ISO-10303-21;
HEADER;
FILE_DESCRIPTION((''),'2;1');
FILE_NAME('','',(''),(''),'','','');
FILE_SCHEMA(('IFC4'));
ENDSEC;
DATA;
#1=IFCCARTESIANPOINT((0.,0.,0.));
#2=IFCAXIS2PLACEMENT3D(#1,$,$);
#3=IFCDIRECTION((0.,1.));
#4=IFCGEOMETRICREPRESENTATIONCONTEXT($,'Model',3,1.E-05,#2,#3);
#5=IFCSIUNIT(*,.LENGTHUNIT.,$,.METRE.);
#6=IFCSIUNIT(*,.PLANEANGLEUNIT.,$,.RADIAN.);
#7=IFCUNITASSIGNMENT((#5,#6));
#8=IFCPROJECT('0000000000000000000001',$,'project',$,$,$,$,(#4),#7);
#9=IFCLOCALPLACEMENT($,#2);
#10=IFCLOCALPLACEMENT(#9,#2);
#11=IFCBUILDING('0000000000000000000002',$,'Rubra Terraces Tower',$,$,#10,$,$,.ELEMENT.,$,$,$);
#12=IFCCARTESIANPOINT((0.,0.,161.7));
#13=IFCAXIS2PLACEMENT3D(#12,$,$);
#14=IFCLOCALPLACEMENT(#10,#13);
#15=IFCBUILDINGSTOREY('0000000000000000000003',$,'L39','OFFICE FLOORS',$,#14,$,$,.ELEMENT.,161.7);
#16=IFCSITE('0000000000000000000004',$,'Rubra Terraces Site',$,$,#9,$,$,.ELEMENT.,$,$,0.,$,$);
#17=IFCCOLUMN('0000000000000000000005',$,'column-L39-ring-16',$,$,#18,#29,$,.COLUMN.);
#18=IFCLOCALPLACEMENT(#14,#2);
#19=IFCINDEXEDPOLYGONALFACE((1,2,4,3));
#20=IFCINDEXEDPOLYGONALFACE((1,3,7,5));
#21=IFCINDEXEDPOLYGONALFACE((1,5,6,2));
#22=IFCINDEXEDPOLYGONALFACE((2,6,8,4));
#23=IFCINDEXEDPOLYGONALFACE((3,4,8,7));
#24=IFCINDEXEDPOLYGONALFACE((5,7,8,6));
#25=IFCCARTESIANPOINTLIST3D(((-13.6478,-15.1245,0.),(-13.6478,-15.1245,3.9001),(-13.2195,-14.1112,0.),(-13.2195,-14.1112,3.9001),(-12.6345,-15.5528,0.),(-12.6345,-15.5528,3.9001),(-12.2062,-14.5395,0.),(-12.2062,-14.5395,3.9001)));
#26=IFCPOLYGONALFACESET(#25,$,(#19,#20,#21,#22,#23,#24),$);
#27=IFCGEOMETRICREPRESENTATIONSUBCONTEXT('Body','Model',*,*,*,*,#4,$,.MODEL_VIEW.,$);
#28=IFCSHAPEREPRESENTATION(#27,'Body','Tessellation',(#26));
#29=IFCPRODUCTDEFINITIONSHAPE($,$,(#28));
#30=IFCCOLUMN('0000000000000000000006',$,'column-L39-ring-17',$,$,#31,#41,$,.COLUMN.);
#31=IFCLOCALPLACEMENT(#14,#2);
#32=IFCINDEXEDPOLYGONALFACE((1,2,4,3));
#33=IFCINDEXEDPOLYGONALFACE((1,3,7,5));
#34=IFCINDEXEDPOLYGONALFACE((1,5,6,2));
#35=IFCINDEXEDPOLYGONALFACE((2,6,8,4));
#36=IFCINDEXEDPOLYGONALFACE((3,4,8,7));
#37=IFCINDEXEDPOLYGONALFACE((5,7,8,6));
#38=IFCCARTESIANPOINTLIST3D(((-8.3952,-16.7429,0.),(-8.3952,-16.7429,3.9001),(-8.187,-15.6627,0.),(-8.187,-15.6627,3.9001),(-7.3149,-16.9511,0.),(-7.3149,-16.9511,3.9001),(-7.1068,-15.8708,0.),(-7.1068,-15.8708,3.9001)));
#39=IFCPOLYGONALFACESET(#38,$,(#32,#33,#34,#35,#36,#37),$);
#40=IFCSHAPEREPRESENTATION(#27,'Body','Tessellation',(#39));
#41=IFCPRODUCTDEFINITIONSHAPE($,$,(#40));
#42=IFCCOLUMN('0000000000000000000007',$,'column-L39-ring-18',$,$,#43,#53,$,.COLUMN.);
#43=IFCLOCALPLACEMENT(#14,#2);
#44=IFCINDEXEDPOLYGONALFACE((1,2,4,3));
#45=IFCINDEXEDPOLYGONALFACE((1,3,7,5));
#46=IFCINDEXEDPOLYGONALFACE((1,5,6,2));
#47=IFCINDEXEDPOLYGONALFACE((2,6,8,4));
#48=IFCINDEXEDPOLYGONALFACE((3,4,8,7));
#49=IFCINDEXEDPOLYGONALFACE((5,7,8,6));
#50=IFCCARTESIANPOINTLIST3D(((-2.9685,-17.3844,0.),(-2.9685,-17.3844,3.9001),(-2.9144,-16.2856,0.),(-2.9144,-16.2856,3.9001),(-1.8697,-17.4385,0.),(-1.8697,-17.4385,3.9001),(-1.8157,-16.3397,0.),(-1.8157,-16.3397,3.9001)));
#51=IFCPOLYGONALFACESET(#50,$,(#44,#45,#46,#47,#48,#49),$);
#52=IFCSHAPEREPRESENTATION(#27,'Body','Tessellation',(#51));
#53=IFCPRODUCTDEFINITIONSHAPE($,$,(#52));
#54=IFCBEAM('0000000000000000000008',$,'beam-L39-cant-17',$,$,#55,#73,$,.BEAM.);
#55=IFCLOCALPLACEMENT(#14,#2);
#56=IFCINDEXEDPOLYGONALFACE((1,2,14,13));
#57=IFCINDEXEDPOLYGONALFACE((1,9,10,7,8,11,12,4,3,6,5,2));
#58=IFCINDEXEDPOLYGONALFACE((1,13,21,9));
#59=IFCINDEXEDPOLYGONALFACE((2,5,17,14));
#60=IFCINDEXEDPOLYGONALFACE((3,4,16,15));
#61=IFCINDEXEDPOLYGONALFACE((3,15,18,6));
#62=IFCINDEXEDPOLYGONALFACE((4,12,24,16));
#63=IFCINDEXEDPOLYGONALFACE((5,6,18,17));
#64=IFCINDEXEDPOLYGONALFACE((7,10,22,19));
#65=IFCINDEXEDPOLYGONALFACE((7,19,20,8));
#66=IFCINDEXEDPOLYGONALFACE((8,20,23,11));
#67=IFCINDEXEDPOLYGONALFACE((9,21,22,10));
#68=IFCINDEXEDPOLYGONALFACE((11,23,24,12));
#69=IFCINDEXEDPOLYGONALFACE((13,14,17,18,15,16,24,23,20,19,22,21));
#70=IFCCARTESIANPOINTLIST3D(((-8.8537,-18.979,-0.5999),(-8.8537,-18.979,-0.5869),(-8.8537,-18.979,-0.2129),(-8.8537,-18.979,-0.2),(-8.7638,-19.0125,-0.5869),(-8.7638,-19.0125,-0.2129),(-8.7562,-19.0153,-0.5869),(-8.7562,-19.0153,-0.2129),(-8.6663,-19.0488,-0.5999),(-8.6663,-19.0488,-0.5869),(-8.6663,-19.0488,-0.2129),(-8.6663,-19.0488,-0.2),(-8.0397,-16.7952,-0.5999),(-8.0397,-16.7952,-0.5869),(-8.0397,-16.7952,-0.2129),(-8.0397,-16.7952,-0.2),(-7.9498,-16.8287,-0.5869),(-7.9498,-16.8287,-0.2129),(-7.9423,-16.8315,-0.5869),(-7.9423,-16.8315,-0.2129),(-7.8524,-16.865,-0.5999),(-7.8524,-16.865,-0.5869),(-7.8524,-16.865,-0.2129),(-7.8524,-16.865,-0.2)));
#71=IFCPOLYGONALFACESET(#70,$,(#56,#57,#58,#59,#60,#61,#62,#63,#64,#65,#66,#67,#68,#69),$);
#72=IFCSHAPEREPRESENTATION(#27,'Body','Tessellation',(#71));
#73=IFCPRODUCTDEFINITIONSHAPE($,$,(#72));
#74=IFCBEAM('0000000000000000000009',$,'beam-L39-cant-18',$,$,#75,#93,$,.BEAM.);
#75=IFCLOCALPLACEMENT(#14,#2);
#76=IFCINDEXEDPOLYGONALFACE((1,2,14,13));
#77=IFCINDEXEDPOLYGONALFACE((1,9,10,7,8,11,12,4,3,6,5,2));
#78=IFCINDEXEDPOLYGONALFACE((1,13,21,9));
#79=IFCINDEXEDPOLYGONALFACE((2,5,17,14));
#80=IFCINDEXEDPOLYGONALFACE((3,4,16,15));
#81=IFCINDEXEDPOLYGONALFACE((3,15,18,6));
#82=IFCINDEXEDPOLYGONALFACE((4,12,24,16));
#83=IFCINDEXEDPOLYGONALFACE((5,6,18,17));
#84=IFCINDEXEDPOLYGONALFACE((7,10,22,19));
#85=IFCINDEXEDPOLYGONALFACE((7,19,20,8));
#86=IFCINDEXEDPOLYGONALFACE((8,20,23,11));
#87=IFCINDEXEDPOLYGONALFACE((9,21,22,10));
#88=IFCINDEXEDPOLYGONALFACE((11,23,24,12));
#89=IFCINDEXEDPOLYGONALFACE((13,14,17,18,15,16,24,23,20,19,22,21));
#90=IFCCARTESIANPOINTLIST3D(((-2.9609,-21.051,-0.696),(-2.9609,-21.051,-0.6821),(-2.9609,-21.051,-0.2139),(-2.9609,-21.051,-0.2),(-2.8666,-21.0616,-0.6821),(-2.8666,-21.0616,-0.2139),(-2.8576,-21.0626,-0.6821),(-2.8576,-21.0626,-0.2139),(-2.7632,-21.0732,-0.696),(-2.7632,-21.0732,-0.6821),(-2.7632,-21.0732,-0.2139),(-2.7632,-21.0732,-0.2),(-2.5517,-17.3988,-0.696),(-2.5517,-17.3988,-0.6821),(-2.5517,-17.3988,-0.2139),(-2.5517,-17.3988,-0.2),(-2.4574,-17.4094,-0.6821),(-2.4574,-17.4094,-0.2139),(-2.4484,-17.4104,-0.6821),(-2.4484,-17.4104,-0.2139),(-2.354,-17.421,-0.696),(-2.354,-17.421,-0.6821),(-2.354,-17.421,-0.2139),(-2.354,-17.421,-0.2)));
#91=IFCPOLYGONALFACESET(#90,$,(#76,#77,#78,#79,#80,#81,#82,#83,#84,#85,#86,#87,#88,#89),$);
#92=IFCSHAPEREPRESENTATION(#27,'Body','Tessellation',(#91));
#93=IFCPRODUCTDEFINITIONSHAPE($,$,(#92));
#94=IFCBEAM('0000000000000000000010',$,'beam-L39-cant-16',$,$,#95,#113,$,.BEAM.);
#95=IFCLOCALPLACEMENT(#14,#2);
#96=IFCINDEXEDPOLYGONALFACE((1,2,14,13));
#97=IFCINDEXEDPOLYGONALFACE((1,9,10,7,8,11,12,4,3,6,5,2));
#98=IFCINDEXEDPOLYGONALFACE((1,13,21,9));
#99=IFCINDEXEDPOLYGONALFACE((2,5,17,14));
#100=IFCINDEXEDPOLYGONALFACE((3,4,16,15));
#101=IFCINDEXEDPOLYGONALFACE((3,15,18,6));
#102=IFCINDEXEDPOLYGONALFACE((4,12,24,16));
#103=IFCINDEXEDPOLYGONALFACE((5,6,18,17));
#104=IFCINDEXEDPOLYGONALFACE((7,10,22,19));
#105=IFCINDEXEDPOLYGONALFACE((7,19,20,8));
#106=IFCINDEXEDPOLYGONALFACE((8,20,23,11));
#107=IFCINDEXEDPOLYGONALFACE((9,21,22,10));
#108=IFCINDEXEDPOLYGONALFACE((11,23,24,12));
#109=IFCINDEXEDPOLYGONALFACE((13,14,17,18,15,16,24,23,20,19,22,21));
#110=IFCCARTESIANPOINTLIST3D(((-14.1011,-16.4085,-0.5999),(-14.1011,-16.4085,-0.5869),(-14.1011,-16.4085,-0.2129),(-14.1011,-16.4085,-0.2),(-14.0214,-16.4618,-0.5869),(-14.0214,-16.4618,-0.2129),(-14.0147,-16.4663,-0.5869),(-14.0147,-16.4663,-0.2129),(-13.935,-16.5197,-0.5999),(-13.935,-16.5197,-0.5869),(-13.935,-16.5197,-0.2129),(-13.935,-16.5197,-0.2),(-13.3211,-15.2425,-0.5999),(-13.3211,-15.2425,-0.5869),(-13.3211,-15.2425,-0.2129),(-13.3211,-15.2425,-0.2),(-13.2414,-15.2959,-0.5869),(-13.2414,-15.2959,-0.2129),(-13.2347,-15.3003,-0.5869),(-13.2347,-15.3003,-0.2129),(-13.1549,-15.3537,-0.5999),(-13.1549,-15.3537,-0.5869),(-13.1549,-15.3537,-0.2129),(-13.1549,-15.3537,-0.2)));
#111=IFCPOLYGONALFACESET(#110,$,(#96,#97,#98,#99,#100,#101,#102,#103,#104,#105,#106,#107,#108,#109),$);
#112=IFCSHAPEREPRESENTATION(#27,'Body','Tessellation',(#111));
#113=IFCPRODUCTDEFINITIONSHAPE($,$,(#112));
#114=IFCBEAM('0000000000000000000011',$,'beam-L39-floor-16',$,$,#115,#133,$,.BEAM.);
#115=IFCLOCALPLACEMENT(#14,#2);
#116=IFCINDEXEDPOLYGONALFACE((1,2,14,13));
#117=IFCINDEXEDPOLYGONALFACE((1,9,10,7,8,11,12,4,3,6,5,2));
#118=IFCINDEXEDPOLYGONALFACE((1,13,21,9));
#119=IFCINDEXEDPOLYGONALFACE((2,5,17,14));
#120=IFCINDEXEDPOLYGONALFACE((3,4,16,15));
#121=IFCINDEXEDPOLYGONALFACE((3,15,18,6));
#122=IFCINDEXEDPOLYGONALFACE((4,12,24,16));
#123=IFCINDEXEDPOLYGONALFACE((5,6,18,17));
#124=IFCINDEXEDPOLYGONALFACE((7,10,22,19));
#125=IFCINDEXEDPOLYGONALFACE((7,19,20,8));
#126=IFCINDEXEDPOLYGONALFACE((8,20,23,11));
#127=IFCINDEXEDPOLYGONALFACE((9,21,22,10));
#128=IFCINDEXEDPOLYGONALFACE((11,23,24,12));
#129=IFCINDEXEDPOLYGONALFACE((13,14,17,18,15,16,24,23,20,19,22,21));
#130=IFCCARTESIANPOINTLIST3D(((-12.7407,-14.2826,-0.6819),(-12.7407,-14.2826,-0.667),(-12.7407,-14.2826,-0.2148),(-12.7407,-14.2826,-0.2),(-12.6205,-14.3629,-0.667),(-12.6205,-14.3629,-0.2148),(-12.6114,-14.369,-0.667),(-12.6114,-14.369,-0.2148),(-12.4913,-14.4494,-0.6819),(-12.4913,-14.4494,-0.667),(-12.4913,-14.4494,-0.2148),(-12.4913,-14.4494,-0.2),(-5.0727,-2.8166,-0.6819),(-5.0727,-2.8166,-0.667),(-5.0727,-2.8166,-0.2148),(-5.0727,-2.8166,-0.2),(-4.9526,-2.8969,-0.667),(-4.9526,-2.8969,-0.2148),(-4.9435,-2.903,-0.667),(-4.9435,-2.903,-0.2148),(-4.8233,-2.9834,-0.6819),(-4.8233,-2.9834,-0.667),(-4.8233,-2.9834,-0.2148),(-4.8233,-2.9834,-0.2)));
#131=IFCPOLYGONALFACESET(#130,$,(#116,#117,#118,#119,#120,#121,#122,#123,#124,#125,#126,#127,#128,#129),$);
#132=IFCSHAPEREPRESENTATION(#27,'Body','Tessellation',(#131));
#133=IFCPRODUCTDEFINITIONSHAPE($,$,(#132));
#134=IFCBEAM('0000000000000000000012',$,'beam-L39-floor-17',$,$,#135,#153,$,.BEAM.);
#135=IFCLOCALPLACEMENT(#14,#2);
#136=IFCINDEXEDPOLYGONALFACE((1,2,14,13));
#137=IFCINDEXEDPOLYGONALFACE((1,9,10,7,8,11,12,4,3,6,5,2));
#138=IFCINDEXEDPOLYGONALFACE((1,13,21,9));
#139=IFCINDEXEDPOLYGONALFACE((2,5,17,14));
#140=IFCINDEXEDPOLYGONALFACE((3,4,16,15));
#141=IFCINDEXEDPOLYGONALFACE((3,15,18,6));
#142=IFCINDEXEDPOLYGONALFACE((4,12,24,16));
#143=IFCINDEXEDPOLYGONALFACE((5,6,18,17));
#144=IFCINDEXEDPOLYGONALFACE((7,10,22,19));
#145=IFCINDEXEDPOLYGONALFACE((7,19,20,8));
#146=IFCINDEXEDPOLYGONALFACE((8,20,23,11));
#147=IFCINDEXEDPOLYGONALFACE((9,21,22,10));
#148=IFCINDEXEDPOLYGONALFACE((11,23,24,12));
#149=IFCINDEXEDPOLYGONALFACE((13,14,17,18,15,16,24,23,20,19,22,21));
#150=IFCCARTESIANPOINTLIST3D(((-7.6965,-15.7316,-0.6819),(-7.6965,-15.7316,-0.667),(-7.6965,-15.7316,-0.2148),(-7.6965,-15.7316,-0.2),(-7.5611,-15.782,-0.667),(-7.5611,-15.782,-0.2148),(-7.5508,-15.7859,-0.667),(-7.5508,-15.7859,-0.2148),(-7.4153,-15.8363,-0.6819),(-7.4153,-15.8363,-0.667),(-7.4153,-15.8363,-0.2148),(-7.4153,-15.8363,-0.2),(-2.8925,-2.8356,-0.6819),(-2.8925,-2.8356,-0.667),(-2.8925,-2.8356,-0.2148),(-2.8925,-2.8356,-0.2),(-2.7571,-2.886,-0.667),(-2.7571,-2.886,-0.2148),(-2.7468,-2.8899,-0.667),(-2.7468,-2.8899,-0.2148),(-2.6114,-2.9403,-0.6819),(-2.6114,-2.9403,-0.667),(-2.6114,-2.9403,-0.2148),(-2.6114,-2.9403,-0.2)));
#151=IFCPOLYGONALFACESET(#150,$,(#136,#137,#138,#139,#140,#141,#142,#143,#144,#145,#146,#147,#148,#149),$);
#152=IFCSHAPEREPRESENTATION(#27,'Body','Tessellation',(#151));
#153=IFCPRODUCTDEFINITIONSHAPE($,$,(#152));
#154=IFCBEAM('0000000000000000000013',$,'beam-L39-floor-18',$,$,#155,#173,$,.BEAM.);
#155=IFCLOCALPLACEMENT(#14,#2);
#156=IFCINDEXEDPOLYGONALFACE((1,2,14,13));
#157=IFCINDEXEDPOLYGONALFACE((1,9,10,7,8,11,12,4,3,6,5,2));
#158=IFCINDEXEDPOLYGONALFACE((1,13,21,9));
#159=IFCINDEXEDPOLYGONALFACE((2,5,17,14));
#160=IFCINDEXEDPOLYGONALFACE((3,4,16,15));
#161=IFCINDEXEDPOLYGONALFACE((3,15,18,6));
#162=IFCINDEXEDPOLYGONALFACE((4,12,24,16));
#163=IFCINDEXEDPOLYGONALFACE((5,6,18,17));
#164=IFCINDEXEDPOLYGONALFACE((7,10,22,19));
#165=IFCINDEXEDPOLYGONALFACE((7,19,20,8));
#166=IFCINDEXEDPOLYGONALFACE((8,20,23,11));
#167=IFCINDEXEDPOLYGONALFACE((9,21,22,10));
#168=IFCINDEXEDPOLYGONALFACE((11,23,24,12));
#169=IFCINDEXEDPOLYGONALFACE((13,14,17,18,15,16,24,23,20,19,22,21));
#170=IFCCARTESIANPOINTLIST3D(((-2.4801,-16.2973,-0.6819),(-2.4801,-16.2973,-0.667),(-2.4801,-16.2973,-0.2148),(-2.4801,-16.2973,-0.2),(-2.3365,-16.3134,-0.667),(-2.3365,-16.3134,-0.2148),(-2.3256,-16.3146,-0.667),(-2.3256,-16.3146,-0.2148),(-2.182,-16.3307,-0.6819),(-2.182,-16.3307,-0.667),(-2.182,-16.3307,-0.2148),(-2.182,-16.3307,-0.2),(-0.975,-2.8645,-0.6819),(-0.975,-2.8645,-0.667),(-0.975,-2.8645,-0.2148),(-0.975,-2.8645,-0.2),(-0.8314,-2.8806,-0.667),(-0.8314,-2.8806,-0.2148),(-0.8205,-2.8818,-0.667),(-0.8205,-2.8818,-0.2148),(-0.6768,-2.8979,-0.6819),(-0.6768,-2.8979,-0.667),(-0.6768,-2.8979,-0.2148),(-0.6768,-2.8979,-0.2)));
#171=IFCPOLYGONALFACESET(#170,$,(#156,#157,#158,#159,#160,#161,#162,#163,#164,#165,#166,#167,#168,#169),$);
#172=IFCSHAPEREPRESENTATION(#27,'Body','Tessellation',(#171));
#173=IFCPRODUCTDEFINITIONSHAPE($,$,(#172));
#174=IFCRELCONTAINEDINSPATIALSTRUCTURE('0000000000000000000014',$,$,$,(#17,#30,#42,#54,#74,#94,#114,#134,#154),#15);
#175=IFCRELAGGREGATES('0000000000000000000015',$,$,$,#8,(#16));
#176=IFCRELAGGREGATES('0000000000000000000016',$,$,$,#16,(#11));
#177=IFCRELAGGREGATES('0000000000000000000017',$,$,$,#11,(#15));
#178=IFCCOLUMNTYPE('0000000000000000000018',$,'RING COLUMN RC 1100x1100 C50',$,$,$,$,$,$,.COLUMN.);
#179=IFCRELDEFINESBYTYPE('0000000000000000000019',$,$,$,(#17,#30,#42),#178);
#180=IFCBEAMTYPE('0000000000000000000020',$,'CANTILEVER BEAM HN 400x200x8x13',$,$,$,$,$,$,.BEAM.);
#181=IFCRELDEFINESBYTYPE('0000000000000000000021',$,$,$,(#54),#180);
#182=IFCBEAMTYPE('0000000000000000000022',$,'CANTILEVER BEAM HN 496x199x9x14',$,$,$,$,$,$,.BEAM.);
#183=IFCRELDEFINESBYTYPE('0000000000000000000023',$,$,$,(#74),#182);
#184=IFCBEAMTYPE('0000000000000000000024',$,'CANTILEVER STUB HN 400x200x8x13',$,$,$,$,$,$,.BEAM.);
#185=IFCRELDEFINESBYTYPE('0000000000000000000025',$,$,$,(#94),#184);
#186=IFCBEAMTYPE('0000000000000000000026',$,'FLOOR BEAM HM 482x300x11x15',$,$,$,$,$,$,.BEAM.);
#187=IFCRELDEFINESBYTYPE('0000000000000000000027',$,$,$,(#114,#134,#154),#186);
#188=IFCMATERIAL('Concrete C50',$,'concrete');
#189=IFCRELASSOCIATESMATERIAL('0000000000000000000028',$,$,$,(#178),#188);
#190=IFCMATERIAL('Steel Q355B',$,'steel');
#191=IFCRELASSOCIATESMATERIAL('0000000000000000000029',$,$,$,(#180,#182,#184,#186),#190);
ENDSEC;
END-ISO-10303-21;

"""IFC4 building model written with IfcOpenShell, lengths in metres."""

from ifc_helpers import new_model, si_unit, direction, frame, origin, origin_2d, place, context, subcontext, project, spatial, rectangle, i_section, extrude, material, material_profile, profile_set, type_object, element, save


model = new_model("IFC4")

# Units and contexts
model_context = context("Model", 3, precision=1e-05, world=origin(), true_north=direction((0.0, 1.0)))
body_context = subcontext(model_context, "Body", "Model", "MODEL_VIEW")
ifc_project = project(units=[si_unit("LENGTHUNIT", "METRE"), si_unit("PLANEANGLEUNIT", "RADIAN")], contexts=[model_context])

# Site, building, storey
site_placement = place(None, origin())
site = spatial("IfcSite", under=ifc_project, at=site_placement, Name="Rubra Terraces Site", CompositionType="ELEMENT", RefElevation=0.0)
building_placement = place(site_placement, origin())
building = spatial("IfcBuilding", under=site, at=building_placement, Name="Rubra Terraces Tower", CompositionType="ELEMENT")
storey_placement = place(building_placement, frame((0.0, 0.0, 161.7)))
storey = spatial("IfcBuildingStorey", under=building, at=storey_placement, Name="L39", Description="OFFICE FLOORS", CompositionType="ELEMENT", Elevation=161.7)

# Columns
ifc_material_1 = material(Name="Concrete C50", Category="concrete")
ifc_material_profile_1 = material_profile(ifc_material_1, rectangle(XDim=1.1001, YDim=1.1001, at=origin_2d()), Name="RC 1100x1100")
ifc_profile_set_1 = profile_set([ifc_material_profile_1], Name="Concrete C50")
column_type = type_object("IfcColumnType", Name="RING COLUMN RC 1100x1100 C50", PredefinedType="COLUMN", material=ifc_profile_set_1)
for number, where, z_axis, x_axis, name in (
    (1, (-12.927, -14.832, 0.0), (0.0, 0.0, 1.0), (0.921106, -0.389313, 0.0), "column-L39-ring-16"),
    (2, (-7.751, -16.3069, 0.0), (0.0, 0.0, 1.0), (0.981937, -0.18921, 0.0), "column-L39-ring-17"),
    (3, (-2.3921, -16.8621, 0.0), (0.0, 0.0, 1.0), (0.998791, -0.04915, 0.0), "column-L39-ring-18"),
):
    element("IfcColumn", number, at=place(storey_placement, frame(where, z_axis=z_axis, x_axis=x_axis)), inside=storey, type_object=column_type, Name=name, PredefinedType="COLUMN", context=body_context, shape_type="SweptSolid", body=[
        extrude(rectangle(XDim=1.1001, YDim=1.1001, at=origin_2d()), origin(), (0.0, 0.0, 1.0), 3.9001),
    ])

# Beams
ifc_material_2 = material(Name="Steel Q355B", Category="steel")
ifc_material_profile_2 = material_profile(ifc_material_2, i_section(OverallWidth=0.2, OverallDepth=0.3999, WebThickness=0.0081, FlangeThickness=0.0129, at=origin_2d()), Name="HN 400x200x8x13")
ifc_profile_set_2 = profile_set([ifc_material_profile_2], Name="Steel Q355B")
beam_type_1 = type_object("IfcBeamType", Name="CANTILEVER BEAM HN 400x200x8x13", PredefinedType="BEAM", material=ifc_profile_set_2)
beam_1_placement = place(storey_placement, frame((-7.946, -16.8301, -0.3999), z_axis=(-0.349252, -0.937029, 0.0), x_axis=(0.937029, -0.349252, 0.0)))
element("IfcBeam", 4, at=beam_1_placement, inside=storey, type_object=beam_type_1, Name="beam-L39-cant-17", PredefinedType="BEAM", context=body_context, shape_type="SweptSolid", body=[
    extrude(i_section(OverallWidth=0.2, OverallDepth=0.3999, WebThickness=0.0081, FlangeThickness=0.0129, at=origin_2d()), origin(), (0.0, 0.0, 1.0), 2.3306),
])
ifc_material_profile_3 = material_profile(ifc_material_2, i_section(OverallWidth=0.199, OverallDepth=0.4961, WebThickness=0.009, FlangeThickness=0.0139, at=origin_2d()), Name="HN 496x199x9x14")
ifc_profile_set_3 = profile_set([ifc_material_profile_3], Name="Steel Q355B")
beam_type_2 = type_object("IfcBeamType", Name="CANTILEVER BEAM HN 496x199x9x14", PredefinedType="BEAM", material=ifc_profile_set_3)
beam_2_placement = place(storey_placement, frame((-2.4529, -17.4099, -0.448), z_axis=(-0.111343, -0.993782, 0.0), x_axis=(0.993782, -0.111343, 0.0)))
element("IfcBeam", 5, at=beam_2_placement, inside=storey, type_object=beam_type_2, Name="beam-L39-cant-18", PredefinedType="BEAM", context=body_context, shape_type="SweptSolid", body=[
    extrude(i_section(OverallWidth=0.199, OverallDepth=0.4961, WebThickness=0.009, FlangeThickness=0.0139, at=origin_2d()), origin(), (0.0, 0.0, 1.0), 3.675),
])
ifc_material_profile_4 = material_profile(ifc_material_2, i_section(OverallWidth=0.2, OverallDepth=0.3999, WebThickness=0.0081, FlangeThickness=0.0129, at=origin_2d()), Name="HN 400x200x8x13")
ifc_profile_set_4 = profile_set([ifc_material_profile_4], Name="Steel Q355B")
beam_type_3 = type_object("IfcBeamType", Name="CANTILEVER STUB HN 400x200x8x13", PredefinedType="BEAM", material=ifc_profile_set_4)
beam_3_placement = place(storey_placement, frame((-13.238, -15.2981, -0.3999), z_axis=(-0.556025, -0.831166, 0.0), x_axis=(0.831166, -0.556025, 0.0)))
element("IfcBeam", 6, at=beam_3_placement, inside=storey, type_object=beam_type_3, Name="beam-L39-cant-16", PredefinedType="BEAM", context=body_context, shape_type="SweptSolid", body=[
    extrude(i_section(OverallWidth=0.2, OverallDepth=0.3999, WebThickness=0.0081, FlangeThickness=0.0129, at=origin_2d()), origin(), (0.0, 0.0, 1.0), 1.4028),
])
ifc_material_profile_5 = material_profile(ifc_material_2, i_section(OverallWidth=0.3, OverallDepth=0.4819, WebThickness=0.011, FlangeThickness=0.0149, at=origin_2d()), Name="HM 482x300x11x15")
ifc_profile_set_5 = profile_set([ifc_material_profile_5], Name="Steel Q355B")
beam_type_4 = type_object("IfcBeamType", Name="FLOOR BEAM HM 482x300x11x15", PredefinedType="BEAM", material=ifc_profile_set_5)
beam_4_placement = place(storey_placement, frame((-12.616, -14.366, -0.4409), z_axis=(0.5559, 0.831249, 0.0), x_axis=(-0.831249, 0.5559, 0.0)))
element("IfcBeam", 7, at=beam_4_placement, inside=storey, type_object=beam_type_4, Name="beam-L39-floor-16", PredefinedType="BEAM", context=body_context, shape_type="SweptSolid", body=[
    extrude(i_section(OverallWidth=0.3, OverallDepth=0.4819, WebThickness=0.011, FlangeThickness=0.0149, at=origin_2d()), origin(), (0.0, 0.0, 1.0), 13.7937),
])
beam_5_placement = place(storey_placement, frame((-7.5559, -15.7839, -0.4409), z_axis=(0.349081, 0.937092, 0.0), x_axis=(-0.937092, 0.349081, 0.0)))
element("IfcBeam", 8, at=beam_5_placement, inside=storey, type_object=beam_type_4, Name="beam-L39-floor-17", PredefinedType="BEAM", context=body_context, shape_type="SweptSolid", body=[
    extrude(i_section(OverallWidth=0.3, OverallDepth=0.4819, WebThickness=0.011, FlangeThickness=0.0149, at=origin_2d()), origin(), (0.0, 0.0, 1.0), 13.7617),
])
beam_6_placement = place(storey_placement, frame((-2.3311, -16.314, -0.4409), z_axis=(0.111351, 0.993781, 0.0), x_axis=(-0.993781, 0.111351, 0.0)))
element("IfcBeam", 9, at=beam_6_placement, inside=storey, type_object=beam_type_4, Name="beam-L39-floor-18", PredefinedType="BEAM", context=body_context, shape_type="SweptSolid", body=[
    extrude(i_section(OverallWidth=0.3, OverallDepth=0.4819, WebThickness=0.011, FlangeThickness=0.0149, at=origin_2d()), origin(), (0.0, 0.0, 1.0), 13.5168),
])

save(model, "model.ifc")
